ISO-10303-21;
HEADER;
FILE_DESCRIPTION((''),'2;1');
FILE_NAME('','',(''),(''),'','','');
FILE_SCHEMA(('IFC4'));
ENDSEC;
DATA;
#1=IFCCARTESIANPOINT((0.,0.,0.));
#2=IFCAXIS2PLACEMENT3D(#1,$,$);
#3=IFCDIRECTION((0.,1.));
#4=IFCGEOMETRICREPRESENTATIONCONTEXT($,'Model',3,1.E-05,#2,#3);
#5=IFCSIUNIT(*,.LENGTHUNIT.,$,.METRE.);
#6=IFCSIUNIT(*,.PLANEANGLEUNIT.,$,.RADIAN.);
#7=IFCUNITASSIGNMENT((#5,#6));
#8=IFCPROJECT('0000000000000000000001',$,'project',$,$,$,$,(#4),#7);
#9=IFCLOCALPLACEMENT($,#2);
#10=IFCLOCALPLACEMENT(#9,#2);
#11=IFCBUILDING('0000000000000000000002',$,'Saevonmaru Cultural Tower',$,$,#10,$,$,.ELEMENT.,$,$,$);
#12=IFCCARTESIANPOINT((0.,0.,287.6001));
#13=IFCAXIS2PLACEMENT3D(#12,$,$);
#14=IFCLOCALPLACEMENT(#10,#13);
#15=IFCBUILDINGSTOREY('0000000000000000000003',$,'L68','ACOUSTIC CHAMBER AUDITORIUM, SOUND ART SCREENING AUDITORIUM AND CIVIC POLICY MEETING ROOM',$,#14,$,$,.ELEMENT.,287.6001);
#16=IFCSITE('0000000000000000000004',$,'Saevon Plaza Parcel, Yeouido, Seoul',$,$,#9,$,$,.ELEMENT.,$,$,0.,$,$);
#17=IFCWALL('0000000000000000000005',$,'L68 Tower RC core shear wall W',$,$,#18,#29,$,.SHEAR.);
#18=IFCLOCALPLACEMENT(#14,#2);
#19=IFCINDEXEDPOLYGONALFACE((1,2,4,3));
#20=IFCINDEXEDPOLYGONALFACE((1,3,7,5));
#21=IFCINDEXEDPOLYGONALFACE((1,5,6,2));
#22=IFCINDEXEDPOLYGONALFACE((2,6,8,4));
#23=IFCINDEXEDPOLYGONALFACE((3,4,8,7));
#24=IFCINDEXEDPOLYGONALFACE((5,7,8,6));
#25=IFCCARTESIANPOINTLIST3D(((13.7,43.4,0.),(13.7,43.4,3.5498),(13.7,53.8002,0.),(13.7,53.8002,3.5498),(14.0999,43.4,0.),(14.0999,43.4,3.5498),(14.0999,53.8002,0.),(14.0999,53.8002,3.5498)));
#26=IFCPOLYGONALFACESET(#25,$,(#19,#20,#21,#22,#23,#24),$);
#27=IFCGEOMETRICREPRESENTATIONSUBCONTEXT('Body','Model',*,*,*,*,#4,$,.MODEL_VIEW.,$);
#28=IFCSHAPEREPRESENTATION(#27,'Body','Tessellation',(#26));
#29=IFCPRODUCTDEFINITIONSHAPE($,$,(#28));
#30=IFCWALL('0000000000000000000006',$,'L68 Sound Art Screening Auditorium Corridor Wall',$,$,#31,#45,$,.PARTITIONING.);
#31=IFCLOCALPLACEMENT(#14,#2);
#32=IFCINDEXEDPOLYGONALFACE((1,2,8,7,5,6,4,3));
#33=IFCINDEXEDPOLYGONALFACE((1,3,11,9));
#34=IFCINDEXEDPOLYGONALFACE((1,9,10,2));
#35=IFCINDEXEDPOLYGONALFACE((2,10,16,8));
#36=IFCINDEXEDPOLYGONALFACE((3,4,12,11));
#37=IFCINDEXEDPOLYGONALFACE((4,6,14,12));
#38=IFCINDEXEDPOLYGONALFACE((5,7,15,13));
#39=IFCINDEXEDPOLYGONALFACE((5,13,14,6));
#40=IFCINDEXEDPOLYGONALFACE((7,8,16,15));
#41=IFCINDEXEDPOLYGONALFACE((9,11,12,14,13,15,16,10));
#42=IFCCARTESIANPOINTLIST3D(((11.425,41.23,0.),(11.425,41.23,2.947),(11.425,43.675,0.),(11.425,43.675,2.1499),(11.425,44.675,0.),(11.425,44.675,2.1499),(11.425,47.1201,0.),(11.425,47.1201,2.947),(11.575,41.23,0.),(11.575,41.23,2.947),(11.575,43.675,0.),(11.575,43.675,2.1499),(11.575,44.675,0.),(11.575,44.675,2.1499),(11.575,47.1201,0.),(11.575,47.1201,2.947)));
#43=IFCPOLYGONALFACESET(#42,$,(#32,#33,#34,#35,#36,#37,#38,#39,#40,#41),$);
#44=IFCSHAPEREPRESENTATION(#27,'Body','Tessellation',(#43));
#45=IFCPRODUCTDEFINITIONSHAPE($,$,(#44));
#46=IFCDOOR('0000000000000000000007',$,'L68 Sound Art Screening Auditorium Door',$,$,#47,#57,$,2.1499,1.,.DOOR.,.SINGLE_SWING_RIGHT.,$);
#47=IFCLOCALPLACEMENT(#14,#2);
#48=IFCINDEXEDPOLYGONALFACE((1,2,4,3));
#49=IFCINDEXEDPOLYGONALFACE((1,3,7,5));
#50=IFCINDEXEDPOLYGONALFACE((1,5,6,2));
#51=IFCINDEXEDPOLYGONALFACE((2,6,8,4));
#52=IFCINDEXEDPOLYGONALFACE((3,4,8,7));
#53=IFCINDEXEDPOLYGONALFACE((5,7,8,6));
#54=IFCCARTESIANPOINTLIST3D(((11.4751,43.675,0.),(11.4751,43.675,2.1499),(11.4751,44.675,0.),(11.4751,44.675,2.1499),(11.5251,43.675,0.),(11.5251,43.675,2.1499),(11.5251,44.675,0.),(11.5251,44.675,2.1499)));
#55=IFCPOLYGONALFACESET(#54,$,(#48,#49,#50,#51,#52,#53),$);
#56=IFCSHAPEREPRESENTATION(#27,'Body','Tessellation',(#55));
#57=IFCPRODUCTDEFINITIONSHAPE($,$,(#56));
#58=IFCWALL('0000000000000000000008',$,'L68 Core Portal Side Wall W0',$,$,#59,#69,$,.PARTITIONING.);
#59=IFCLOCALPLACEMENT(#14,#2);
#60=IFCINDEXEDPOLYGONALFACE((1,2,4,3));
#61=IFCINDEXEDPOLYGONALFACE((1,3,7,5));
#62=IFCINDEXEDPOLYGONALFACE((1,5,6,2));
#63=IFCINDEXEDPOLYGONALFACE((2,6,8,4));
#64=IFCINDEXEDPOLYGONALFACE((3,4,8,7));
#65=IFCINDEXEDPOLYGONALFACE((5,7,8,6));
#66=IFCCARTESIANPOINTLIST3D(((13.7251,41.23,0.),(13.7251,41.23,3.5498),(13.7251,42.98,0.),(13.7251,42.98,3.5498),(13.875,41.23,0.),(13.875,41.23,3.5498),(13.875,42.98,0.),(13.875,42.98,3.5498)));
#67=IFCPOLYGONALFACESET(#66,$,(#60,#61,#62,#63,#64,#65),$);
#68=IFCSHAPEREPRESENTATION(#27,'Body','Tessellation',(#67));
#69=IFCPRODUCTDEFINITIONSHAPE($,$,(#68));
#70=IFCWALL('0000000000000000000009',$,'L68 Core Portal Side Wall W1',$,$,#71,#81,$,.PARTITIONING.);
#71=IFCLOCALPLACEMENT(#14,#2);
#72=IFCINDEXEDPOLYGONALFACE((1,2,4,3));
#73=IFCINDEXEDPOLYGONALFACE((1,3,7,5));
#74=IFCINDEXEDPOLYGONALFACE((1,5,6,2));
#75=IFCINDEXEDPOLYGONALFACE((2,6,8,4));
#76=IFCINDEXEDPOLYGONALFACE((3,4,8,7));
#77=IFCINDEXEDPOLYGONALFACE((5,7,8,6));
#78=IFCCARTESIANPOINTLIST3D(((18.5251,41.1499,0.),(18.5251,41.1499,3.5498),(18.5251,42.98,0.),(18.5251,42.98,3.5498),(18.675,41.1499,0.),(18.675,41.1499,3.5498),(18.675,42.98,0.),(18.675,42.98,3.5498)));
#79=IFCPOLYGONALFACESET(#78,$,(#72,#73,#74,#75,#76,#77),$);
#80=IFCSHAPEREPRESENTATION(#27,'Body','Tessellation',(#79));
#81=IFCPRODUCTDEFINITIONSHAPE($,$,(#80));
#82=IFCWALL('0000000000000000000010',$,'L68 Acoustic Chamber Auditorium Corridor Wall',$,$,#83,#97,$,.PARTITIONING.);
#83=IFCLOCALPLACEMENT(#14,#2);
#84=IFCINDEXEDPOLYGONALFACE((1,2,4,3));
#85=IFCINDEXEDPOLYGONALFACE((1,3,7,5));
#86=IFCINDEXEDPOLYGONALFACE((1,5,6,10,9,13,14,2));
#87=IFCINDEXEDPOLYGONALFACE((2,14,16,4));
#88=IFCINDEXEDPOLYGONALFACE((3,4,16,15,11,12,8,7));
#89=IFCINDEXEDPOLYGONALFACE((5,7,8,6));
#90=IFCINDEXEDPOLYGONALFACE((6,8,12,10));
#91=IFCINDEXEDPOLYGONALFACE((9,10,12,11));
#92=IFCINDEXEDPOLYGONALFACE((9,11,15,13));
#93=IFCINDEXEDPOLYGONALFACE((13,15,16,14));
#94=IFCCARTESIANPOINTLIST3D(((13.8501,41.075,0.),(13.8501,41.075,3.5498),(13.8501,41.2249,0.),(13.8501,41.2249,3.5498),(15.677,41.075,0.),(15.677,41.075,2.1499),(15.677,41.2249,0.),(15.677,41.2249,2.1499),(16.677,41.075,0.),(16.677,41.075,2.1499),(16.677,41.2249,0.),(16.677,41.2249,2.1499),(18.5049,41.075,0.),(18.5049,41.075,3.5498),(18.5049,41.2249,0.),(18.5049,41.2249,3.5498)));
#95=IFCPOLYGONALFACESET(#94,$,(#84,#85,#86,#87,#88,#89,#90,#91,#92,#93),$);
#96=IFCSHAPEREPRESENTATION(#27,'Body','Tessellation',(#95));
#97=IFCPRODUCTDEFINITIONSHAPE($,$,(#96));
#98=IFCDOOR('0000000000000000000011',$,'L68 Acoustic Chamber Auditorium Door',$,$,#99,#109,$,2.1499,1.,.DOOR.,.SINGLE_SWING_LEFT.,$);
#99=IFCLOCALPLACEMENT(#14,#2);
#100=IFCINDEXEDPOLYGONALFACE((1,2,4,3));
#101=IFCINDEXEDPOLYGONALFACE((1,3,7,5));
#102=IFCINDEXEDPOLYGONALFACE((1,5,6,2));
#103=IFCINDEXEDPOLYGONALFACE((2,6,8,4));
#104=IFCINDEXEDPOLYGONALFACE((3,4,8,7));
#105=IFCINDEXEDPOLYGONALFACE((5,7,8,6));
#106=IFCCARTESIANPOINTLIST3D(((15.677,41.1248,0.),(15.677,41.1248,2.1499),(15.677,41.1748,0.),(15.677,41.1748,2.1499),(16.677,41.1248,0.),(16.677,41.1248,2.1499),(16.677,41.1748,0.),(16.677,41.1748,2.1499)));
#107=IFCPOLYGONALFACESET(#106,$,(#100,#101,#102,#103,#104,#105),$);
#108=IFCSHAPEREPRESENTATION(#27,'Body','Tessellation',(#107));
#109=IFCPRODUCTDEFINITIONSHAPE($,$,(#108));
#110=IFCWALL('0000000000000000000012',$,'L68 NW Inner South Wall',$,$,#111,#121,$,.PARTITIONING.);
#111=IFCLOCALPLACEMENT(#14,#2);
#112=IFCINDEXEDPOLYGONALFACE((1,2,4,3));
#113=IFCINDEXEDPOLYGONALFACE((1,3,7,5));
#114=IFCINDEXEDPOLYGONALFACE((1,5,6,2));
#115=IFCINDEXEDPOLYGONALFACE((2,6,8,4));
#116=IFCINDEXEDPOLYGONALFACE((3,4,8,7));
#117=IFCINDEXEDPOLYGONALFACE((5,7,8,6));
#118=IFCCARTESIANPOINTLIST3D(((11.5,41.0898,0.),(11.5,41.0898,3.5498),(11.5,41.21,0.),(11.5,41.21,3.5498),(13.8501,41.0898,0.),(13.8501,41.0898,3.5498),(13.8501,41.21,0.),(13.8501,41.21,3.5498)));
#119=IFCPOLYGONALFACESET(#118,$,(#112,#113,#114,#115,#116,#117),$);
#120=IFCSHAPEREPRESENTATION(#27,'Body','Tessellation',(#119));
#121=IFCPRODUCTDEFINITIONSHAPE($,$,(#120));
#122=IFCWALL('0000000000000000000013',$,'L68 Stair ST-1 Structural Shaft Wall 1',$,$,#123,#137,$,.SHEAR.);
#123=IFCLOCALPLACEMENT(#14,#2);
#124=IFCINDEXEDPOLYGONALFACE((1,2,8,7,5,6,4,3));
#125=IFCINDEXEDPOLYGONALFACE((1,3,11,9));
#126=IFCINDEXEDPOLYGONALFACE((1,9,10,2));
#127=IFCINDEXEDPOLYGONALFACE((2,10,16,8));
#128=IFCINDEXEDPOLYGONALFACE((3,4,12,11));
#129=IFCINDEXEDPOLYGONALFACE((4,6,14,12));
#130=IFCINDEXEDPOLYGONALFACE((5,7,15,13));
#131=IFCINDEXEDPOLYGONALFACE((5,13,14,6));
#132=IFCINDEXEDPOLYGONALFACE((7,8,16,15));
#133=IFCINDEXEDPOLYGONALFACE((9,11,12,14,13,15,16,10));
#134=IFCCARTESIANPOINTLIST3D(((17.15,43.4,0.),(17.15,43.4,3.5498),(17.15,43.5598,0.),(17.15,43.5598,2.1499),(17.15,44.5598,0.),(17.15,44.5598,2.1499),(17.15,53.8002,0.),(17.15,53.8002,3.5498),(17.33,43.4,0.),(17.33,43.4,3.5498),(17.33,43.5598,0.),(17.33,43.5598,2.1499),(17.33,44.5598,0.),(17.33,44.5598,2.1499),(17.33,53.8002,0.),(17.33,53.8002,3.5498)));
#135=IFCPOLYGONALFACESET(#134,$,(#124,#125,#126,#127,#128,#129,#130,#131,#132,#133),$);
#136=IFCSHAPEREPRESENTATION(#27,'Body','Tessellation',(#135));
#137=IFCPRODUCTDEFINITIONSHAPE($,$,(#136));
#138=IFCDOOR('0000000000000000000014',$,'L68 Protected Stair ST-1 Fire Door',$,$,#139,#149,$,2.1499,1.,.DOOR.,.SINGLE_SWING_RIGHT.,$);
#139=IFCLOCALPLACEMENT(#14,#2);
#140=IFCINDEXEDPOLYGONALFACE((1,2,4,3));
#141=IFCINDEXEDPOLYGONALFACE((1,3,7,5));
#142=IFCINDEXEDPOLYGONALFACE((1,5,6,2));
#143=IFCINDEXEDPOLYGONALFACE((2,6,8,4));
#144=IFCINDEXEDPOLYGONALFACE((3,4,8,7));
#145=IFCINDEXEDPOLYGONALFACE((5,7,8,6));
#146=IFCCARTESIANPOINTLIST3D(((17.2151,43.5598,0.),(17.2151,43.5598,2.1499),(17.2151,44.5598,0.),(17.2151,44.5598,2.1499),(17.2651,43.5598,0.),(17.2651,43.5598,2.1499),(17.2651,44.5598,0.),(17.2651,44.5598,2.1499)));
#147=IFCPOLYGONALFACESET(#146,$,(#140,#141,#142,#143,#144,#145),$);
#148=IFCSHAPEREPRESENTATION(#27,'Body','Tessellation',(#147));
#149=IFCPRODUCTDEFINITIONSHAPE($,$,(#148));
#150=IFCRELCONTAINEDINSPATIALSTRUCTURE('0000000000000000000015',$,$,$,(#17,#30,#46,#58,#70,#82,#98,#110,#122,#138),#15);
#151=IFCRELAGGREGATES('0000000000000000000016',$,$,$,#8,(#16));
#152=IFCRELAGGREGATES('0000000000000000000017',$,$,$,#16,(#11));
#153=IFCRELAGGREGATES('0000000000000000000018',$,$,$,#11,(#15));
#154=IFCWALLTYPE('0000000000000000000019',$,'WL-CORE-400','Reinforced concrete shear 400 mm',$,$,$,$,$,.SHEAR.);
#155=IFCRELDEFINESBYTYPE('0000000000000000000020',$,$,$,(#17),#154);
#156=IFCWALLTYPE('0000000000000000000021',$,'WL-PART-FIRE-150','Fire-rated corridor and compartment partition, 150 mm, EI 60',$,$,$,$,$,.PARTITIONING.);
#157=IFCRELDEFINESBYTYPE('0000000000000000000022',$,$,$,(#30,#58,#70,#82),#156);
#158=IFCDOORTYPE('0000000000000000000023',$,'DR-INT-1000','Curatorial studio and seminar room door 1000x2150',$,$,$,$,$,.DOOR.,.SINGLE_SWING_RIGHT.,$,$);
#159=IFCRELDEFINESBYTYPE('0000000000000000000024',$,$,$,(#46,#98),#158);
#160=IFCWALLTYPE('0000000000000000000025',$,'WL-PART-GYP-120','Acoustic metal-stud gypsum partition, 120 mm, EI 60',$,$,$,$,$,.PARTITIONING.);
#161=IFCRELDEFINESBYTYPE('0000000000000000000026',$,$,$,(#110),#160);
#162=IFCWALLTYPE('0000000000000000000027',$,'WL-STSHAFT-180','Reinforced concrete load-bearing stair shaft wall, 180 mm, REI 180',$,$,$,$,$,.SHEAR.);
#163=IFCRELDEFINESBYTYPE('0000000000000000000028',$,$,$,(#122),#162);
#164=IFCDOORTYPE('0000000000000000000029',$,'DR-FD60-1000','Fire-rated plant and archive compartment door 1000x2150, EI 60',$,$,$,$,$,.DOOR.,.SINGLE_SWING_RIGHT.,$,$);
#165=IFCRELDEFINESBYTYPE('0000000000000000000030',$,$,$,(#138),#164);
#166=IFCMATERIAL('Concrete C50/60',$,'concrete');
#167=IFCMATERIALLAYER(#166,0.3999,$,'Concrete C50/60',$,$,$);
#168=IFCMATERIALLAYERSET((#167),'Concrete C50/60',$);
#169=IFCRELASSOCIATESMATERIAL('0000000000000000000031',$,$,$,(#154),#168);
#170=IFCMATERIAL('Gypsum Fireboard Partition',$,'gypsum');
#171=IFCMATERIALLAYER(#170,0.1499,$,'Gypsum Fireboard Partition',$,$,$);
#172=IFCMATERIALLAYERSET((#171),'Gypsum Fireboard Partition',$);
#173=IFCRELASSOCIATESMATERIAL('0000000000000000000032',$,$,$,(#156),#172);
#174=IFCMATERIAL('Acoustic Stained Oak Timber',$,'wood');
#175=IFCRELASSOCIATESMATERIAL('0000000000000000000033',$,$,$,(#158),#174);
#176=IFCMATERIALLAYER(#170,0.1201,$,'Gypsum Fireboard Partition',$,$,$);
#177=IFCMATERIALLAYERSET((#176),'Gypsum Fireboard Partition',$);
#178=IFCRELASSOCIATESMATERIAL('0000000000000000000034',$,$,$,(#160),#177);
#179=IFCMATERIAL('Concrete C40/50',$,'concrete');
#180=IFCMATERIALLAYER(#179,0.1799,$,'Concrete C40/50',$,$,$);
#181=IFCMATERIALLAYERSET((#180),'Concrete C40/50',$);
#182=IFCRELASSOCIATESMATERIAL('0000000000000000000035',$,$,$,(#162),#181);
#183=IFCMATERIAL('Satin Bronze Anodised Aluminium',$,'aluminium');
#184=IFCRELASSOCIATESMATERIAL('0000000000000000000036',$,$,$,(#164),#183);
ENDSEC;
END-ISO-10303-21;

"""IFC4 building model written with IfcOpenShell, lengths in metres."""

from ifc_helpers import new_model, si_unit, direction, frame, frame_2d, origin, place, context, subcontext, project, spatial, rectangle, extrude, material, layer, layer_set, type_object, element, fill, save


model = new_model("IFC4")

# Units and contexts
model_context = context("Model", 3, precision=1e-05, world=origin(), true_north=direction((0.0, 1.0)))
body_context = subcontext(model_context, "Body", "Model", "MODEL_VIEW")
ifc_project = project(units=[si_unit("LENGTHUNIT", "METRE"), si_unit("PLANEANGLEUNIT", "RADIAN")], contexts=[model_context])

# Site, building, storey
site_placement = place(None, origin())
site = spatial("IfcSite", under=ifc_project, at=site_placement, Name="Saevon Plaza Parcel, Yeouido, Seoul", CompositionType="ELEMENT", RefElevation=0.0)
building_placement = place(site_placement, origin())
building = spatial("IfcBuilding", under=site, at=building_placement, Name="Saevonmaru Cultural Tower", CompositionType="ELEMENT")
storey_placement = place(building_placement, frame((0.0, 0.0, 287.6001)))
storey = spatial("IfcBuildingStorey", under=building, at=storey_placement, Name="L68", Description="ACOUSTIC CHAMBER AUDITORIUM, SOUND ART SCREENING AUDITORIUM AND CIVIC POLICY MEETING ROOM", CompositionType="ELEMENT", Elevation=287.6001)

# Shared definitions
ifc_material_1 = material(Name="Concrete C50/60", Category="concrete")
ifc_layer_1 = layer(ifc_material_1, 0.3999, Name="Concrete C50/60")
ifc_layer_set_1 = layer_set([ifc_layer_1], Name="Concrete C50/60")
wall_type_1 = type_object("IfcWallType", Name="WL-CORE-400", Description="Reinforced concrete shear 400 mm", PredefinedType="SHEAR", material=ifc_layer_set_1)
ifc_material_2 = material(Name="Satin Bronze Anodised Aluminium", Category="aluminium")

# Wall
wall_1_placement = place(storey_placement, frame((13.8999, 43.3999, 0.0), z_axis=(0.0, 0.0, 1.0), x_axis=(0.0, 1.0, 0.0)))
element("IfcWall", 1, at=wall_1_placement, inside=storey, type_object=wall_type_1, Name="L68 Tower RC core shear wall W", PredefinedType="SHEAR", context=body_context, shape_type="SweptSolid", body=[
    extrude(rectangle(XDim=10.4001, YDim=0.3999, at=frame_2d((5.2002, 0.0))), origin(), (0.0, 0.0, 1.0), 3.5498),
])

# Wall, opening, door
ifc_material_3 = material(Name="Gypsum Fireboard Partition", Category="gypsum")
ifc_layer_2 = layer(ifc_material_3, 0.1499, Name="Gypsum Fireboard Partition")
ifc_layer_set_2 = layer_set([ifc_layer_2], Name="Gypsum Fireboard Partition")
wall_type_2 = type_object("IfcWallType", Name="WL-PART-FIRE-150", Description="Fire-rated corridor and compartment partition, 150 mm, EI 60", PredefinedType="PARTITIONING", material=ifc_layer_set_2)
wall_2_placement = place(storey_placement, frame((11.5, 41.23, 0.0), z_axis=(0.0, 0.0, 1.0), x_axis=(0.0, 1.0, 0.0)))
wall_2 = element("IfcWall", 2, at=wall_2_placement, inside=storey, type_object=wall_type_2, Name="L68 Sound Art Screening Auditorium Corridor Wall", PredefinedType="PARTITIONING", context=body_context, shape_type="SweptSolid", body=[
    extrude(rectangle(XDim=5.8901, YDim=0.1499, at=frame_2d((2.9451, 0.0))), origin(), (0.0, 0.0, 1.0), 2.947),
])
opening_1_placement = place(wall_2_placement, frame((2.4451, 0.0, 0.0)))
opening_1 = element("IfcOpeningElement", 3, at=opening_1_placement, cuts=wall_2, PredefinedType="OPENING", context=body_context, shape_type="SweptSolid", body=[
    extrude(rectangle(XDim=1.0, YDim=2.1499, at=frame_2d((0.5, 1.075))), frame((0.0, 0.085, 0.0), z_axis=(0.0, -1.0, 0.0), x_axis=(1.0, 0.0, 0.0)), (0.0, 0.0, 1.0), 0.1699),
])
ifc_material_4 = material(Name="Acoustic Stained Oak Timber", Category="wood")
door_type_1 = type_object("IfcDoorType", Name="DR-INT-1000", Description="Curatorial studio and seminar room door 1000x2150", OperationType="SINGLE_SWING_RIGHT", PredefinedType="DOOR", material=ifc_material_4)
door_1_placement = place(opening_1_placement, origin())
door_1 = element("IfcDoor", 4, at=door_1_placement, inside=storey, type_object=door_type_1, Name="L68 Sound Art Screening Auditorium Door", OperationType="SINGLE_SWING_RIGHT", OverallHeight=2.1499, OverallWidth=1.0, PredefinedType="DOOR", context=body_context, shape_type="SweptSolid", body=[
    extrude(rectangle(XDim=1.0, YDim=2.1499, at=frame_2d((0.5, 1.075))), frame((0.0, 0.0249, 0.0), z_axis=(0.0, -1.0, 0.0), x_axis=(1.0, 0.0, 0.0)), (0.0, 0.0, 1.0), 0.05),
])
fill(opening_1, door_1)

# Walls
wall_3_placement = place(storey_placement, frame((13.8, 41.23, 0.0), z_axis=(0.0, 0.0, 1.0), x_axis=(0.0, 1.0, 0.0)))
element("IfcWall", 5, at=wall_3_placement, inside=storey, type_object=wall_type_2, Name="L68 Core Portal Side Wall W0", PredefinedType="PARTITIONING", context=body_context, shape_type="SweptSolid", body=[
    extrude(rectangle(XDim=1.75, YDim=0.1499, at=frame_2d((0.875, 0.0))), origin(), (0.0, 0.0, 1.0), 3.5498),
])
wall_4_placement = place(storey_placement, frame((18.6001, 41.1499, 0.0), z_axis=(0.0, 0.0, 1.0), x_axis=(0.0, 1.0, 0.0)))
element("IfcWall", 6, at=wall_4_placement, inside=storey, type_object=wall_type_2, Name="L68 Core Portal Side Wall W1", PredefinedType="PARTITIONING", context=body_context, shape_type="SweptSolid", body=[
    extrude(rectangle(XDim=1.8301, YDim=0.1499, at=frame_2d((0.915, 0.0))), origin(), (0.0, 0.0, 1.0), 3.5498),
])

# Wall, opening, door
wall_5_placement = place(storey_placement, frame((13.8501, 41.1499, 0.0), z_axis=(0.0, 0.0, 1.0), x_axis=(1.0, 0.0, 0.0)))
wall_5 = element("IfcWall", 7, at=wall_5_placement, inside=storey, type_object=wall_type_2, Name="L68 Acoustic Chamber Auditorium Corridor Wall", PredefinedType="PARTITIONING", context=body_context, shape_type="SweptSolid", body=[
    extrude(rectangle(XDim=4.6548, YDim=0.1499, at=frame_2d((2.3274, 0.0))), origin(), (0.0, 0.0, 1.0), 3.5498),
])
opening_2_placement = place(wall_5_placement, frame((1.8269, 0.0, 0.0)))
opening_2 = element("IfcOpeningElement", 8, at=opening_2_placement, cuts=wall_5, PredefinedType="OPENING", context=body_context, shape_type="SweptSolid", body=[
    extrude(rectangle(XDim=1.0, YDim=2.1499, at=frame_2d((0.5, 1.075))), frame((0.0, 0.085, 0.0), z_axis=(0.0, -1.0, 0.0), x_axis=(1.0, 0.0, 0.0)), (0.0, 0.0, 1.0), 0.1699),
])
door_2_placement = place(opening_2_placement, origin())
door_2 = element("IfcDoor", 9, at=door_2_placement, inside=storey, type_object=door_type_1, Name="L68 Acoustic Chamber Auditorium Door", OperationType="SINGLE_SWING_LEFT", OverallHeight=2.1499, OverallWidth=1.0, PredefinedType="DOOR", context=body_context, shape_type="SweptSolid", body=[
    extrude(rectangle(XDim=1.0, YDim=2.1499, at=frame_2d((0.5, 1.075))), frame((0.0, 0.0249, 0.0), z_axis=(0.0, -1.0, 0.0), x_axis=(1.0, 0.0, 0.0)), (0.0, 0.0, 1.0), 0.05),
])
fill(opening_2, door_2)

# Wall
ifc_layer_3 = layer(ifc_material_3, 0.1201, Name="Gypsum Fireboard Partition")
ifc_layer_set_3 = layer_set([ifc_layer_3], Name="Gypsum Fireboard Partition")
wall_type_3 = type_object("IfcWallType", Name="WL-PART-GYP-120", Description="Acoustic metal-stud gypsum partition, 120 mm, EI 60", PredefinedType="PARTITIONING", material=ifc_layer_set_3)
wall_6_placement = place(storey_placement, frame((11.5, 41.1499, 0.0), z_axis=(0.0, 0.0, 1.0), x_axis=(1.0, 0.0, 0.0)))
element("IfcWall", 10, at=wall_6_placement, inside=storey, type_object=wall_type_3, Name="L68 NW Inner South Wall", PredefinedType="PARTITIONING", context=body_context, shape_type="SweptSolid", body=[
    extrude(rectangle(XDim=2.3501, YDim=0.1201, at=frame_2d((1.175, 0.0))), origin(), (0.0, 0.0, 1.0), 3.5498),
])

# Wall, opening, door
ifc_material_5 = material(Name="Concrete C40/50", Category="concrete")
ifc_layer_4 = layer(ifc_material_5, 0.1799, Name="Concrete C40/50")
ifc_layer_set_4 = layer_set([ifc_layer_4], Name="Concrete C40/50")
wall_type_4 = type_object("IfcWallType", Name="WL-STSHAFT-180", Description="Reinforced concrete load-bearing stair shaft wall, 180 mm, REI 180", PredefinedType="SHEAR", material=ifc_layer_set_4)
wall_7_placement = place(storey_placement, frame((17.24, 43.3999, 0.0), z_axis=(0.0, 0.0, 1.0), x_axis=(0.0, 1.0, 0.0)))
wall_7 = element("IfcWall", 11, at=wall_7_placement, inside=storey, type_object=wall_type_4, Name="L68 Stair ST-1 Structural Shaft Wall 1", PredefinedType="SHEAR", context=body_context, shape_type="SweptSolid", body=[
    extrude(rectangle(XDim=10.4001, YDim=0.1799, at=frame_2d((5.2002, 0.0))), origin(), (0.0, 0.0, 1.0), 3.5498),
])
opening_3_placement = place(wall_7_placement, frame((0.1599, 0.0, 0.0)))
opening_3 = element("IfcOpeningElement", 12, at=opening_3_placement, cuts=wall_7, PredefinedType="OPENING", context=body_context, shape_type="SweptSolid", body=[
    extrude(rectangle(XDim=1.0, YDim=2.1499, at=frame_2d((0.5, 1.075))), frame((0.0, 0.1001, 0.0), z_axis=(0.0, -1.0, 0.0), x_axis=(1.0, 0.0, 0.0)), (0.0, 0.0, 1.0), 0.2),
])
door_type_2 = type_object("IfcDoorType", Name="DR-FD60-1000", Description="Fire-rated plant and archive compartment door 1000x2150, EI 60", OperationType="SINGLE_SWING_RIGHT", PredefinedType="DOOR", material=ifc_material_2)
door_3_placement = place(opening_3_placement, origin())
door_3 = element("IfcDoor", 13, at=door_3_placement, inside=storey, type_object=door_type_2, Name="L68 Protected Stair ST-1 Fire Door", OperationType="SINGLE_SWING_RIGHT", OverallHeight=2.1499, OverallWidth=1.0, PredefinedType="DOOR", context=body_context, shape_type="SweptSolid", body=[
    extrude(rectangle(XDim=1.0, YDim=2.1499, at=frame_2d((0.5, 1.075))), frame((0.0, 0.0249, 0.0), z_axis=(0.0, -1.0, 0.0), x_axis=(1.0, 0.0, 0.0)), (0.0, 0.0, 1.0), 0.05),
])
fill(opening_3, door_3)

save(model, "model.ifc")
